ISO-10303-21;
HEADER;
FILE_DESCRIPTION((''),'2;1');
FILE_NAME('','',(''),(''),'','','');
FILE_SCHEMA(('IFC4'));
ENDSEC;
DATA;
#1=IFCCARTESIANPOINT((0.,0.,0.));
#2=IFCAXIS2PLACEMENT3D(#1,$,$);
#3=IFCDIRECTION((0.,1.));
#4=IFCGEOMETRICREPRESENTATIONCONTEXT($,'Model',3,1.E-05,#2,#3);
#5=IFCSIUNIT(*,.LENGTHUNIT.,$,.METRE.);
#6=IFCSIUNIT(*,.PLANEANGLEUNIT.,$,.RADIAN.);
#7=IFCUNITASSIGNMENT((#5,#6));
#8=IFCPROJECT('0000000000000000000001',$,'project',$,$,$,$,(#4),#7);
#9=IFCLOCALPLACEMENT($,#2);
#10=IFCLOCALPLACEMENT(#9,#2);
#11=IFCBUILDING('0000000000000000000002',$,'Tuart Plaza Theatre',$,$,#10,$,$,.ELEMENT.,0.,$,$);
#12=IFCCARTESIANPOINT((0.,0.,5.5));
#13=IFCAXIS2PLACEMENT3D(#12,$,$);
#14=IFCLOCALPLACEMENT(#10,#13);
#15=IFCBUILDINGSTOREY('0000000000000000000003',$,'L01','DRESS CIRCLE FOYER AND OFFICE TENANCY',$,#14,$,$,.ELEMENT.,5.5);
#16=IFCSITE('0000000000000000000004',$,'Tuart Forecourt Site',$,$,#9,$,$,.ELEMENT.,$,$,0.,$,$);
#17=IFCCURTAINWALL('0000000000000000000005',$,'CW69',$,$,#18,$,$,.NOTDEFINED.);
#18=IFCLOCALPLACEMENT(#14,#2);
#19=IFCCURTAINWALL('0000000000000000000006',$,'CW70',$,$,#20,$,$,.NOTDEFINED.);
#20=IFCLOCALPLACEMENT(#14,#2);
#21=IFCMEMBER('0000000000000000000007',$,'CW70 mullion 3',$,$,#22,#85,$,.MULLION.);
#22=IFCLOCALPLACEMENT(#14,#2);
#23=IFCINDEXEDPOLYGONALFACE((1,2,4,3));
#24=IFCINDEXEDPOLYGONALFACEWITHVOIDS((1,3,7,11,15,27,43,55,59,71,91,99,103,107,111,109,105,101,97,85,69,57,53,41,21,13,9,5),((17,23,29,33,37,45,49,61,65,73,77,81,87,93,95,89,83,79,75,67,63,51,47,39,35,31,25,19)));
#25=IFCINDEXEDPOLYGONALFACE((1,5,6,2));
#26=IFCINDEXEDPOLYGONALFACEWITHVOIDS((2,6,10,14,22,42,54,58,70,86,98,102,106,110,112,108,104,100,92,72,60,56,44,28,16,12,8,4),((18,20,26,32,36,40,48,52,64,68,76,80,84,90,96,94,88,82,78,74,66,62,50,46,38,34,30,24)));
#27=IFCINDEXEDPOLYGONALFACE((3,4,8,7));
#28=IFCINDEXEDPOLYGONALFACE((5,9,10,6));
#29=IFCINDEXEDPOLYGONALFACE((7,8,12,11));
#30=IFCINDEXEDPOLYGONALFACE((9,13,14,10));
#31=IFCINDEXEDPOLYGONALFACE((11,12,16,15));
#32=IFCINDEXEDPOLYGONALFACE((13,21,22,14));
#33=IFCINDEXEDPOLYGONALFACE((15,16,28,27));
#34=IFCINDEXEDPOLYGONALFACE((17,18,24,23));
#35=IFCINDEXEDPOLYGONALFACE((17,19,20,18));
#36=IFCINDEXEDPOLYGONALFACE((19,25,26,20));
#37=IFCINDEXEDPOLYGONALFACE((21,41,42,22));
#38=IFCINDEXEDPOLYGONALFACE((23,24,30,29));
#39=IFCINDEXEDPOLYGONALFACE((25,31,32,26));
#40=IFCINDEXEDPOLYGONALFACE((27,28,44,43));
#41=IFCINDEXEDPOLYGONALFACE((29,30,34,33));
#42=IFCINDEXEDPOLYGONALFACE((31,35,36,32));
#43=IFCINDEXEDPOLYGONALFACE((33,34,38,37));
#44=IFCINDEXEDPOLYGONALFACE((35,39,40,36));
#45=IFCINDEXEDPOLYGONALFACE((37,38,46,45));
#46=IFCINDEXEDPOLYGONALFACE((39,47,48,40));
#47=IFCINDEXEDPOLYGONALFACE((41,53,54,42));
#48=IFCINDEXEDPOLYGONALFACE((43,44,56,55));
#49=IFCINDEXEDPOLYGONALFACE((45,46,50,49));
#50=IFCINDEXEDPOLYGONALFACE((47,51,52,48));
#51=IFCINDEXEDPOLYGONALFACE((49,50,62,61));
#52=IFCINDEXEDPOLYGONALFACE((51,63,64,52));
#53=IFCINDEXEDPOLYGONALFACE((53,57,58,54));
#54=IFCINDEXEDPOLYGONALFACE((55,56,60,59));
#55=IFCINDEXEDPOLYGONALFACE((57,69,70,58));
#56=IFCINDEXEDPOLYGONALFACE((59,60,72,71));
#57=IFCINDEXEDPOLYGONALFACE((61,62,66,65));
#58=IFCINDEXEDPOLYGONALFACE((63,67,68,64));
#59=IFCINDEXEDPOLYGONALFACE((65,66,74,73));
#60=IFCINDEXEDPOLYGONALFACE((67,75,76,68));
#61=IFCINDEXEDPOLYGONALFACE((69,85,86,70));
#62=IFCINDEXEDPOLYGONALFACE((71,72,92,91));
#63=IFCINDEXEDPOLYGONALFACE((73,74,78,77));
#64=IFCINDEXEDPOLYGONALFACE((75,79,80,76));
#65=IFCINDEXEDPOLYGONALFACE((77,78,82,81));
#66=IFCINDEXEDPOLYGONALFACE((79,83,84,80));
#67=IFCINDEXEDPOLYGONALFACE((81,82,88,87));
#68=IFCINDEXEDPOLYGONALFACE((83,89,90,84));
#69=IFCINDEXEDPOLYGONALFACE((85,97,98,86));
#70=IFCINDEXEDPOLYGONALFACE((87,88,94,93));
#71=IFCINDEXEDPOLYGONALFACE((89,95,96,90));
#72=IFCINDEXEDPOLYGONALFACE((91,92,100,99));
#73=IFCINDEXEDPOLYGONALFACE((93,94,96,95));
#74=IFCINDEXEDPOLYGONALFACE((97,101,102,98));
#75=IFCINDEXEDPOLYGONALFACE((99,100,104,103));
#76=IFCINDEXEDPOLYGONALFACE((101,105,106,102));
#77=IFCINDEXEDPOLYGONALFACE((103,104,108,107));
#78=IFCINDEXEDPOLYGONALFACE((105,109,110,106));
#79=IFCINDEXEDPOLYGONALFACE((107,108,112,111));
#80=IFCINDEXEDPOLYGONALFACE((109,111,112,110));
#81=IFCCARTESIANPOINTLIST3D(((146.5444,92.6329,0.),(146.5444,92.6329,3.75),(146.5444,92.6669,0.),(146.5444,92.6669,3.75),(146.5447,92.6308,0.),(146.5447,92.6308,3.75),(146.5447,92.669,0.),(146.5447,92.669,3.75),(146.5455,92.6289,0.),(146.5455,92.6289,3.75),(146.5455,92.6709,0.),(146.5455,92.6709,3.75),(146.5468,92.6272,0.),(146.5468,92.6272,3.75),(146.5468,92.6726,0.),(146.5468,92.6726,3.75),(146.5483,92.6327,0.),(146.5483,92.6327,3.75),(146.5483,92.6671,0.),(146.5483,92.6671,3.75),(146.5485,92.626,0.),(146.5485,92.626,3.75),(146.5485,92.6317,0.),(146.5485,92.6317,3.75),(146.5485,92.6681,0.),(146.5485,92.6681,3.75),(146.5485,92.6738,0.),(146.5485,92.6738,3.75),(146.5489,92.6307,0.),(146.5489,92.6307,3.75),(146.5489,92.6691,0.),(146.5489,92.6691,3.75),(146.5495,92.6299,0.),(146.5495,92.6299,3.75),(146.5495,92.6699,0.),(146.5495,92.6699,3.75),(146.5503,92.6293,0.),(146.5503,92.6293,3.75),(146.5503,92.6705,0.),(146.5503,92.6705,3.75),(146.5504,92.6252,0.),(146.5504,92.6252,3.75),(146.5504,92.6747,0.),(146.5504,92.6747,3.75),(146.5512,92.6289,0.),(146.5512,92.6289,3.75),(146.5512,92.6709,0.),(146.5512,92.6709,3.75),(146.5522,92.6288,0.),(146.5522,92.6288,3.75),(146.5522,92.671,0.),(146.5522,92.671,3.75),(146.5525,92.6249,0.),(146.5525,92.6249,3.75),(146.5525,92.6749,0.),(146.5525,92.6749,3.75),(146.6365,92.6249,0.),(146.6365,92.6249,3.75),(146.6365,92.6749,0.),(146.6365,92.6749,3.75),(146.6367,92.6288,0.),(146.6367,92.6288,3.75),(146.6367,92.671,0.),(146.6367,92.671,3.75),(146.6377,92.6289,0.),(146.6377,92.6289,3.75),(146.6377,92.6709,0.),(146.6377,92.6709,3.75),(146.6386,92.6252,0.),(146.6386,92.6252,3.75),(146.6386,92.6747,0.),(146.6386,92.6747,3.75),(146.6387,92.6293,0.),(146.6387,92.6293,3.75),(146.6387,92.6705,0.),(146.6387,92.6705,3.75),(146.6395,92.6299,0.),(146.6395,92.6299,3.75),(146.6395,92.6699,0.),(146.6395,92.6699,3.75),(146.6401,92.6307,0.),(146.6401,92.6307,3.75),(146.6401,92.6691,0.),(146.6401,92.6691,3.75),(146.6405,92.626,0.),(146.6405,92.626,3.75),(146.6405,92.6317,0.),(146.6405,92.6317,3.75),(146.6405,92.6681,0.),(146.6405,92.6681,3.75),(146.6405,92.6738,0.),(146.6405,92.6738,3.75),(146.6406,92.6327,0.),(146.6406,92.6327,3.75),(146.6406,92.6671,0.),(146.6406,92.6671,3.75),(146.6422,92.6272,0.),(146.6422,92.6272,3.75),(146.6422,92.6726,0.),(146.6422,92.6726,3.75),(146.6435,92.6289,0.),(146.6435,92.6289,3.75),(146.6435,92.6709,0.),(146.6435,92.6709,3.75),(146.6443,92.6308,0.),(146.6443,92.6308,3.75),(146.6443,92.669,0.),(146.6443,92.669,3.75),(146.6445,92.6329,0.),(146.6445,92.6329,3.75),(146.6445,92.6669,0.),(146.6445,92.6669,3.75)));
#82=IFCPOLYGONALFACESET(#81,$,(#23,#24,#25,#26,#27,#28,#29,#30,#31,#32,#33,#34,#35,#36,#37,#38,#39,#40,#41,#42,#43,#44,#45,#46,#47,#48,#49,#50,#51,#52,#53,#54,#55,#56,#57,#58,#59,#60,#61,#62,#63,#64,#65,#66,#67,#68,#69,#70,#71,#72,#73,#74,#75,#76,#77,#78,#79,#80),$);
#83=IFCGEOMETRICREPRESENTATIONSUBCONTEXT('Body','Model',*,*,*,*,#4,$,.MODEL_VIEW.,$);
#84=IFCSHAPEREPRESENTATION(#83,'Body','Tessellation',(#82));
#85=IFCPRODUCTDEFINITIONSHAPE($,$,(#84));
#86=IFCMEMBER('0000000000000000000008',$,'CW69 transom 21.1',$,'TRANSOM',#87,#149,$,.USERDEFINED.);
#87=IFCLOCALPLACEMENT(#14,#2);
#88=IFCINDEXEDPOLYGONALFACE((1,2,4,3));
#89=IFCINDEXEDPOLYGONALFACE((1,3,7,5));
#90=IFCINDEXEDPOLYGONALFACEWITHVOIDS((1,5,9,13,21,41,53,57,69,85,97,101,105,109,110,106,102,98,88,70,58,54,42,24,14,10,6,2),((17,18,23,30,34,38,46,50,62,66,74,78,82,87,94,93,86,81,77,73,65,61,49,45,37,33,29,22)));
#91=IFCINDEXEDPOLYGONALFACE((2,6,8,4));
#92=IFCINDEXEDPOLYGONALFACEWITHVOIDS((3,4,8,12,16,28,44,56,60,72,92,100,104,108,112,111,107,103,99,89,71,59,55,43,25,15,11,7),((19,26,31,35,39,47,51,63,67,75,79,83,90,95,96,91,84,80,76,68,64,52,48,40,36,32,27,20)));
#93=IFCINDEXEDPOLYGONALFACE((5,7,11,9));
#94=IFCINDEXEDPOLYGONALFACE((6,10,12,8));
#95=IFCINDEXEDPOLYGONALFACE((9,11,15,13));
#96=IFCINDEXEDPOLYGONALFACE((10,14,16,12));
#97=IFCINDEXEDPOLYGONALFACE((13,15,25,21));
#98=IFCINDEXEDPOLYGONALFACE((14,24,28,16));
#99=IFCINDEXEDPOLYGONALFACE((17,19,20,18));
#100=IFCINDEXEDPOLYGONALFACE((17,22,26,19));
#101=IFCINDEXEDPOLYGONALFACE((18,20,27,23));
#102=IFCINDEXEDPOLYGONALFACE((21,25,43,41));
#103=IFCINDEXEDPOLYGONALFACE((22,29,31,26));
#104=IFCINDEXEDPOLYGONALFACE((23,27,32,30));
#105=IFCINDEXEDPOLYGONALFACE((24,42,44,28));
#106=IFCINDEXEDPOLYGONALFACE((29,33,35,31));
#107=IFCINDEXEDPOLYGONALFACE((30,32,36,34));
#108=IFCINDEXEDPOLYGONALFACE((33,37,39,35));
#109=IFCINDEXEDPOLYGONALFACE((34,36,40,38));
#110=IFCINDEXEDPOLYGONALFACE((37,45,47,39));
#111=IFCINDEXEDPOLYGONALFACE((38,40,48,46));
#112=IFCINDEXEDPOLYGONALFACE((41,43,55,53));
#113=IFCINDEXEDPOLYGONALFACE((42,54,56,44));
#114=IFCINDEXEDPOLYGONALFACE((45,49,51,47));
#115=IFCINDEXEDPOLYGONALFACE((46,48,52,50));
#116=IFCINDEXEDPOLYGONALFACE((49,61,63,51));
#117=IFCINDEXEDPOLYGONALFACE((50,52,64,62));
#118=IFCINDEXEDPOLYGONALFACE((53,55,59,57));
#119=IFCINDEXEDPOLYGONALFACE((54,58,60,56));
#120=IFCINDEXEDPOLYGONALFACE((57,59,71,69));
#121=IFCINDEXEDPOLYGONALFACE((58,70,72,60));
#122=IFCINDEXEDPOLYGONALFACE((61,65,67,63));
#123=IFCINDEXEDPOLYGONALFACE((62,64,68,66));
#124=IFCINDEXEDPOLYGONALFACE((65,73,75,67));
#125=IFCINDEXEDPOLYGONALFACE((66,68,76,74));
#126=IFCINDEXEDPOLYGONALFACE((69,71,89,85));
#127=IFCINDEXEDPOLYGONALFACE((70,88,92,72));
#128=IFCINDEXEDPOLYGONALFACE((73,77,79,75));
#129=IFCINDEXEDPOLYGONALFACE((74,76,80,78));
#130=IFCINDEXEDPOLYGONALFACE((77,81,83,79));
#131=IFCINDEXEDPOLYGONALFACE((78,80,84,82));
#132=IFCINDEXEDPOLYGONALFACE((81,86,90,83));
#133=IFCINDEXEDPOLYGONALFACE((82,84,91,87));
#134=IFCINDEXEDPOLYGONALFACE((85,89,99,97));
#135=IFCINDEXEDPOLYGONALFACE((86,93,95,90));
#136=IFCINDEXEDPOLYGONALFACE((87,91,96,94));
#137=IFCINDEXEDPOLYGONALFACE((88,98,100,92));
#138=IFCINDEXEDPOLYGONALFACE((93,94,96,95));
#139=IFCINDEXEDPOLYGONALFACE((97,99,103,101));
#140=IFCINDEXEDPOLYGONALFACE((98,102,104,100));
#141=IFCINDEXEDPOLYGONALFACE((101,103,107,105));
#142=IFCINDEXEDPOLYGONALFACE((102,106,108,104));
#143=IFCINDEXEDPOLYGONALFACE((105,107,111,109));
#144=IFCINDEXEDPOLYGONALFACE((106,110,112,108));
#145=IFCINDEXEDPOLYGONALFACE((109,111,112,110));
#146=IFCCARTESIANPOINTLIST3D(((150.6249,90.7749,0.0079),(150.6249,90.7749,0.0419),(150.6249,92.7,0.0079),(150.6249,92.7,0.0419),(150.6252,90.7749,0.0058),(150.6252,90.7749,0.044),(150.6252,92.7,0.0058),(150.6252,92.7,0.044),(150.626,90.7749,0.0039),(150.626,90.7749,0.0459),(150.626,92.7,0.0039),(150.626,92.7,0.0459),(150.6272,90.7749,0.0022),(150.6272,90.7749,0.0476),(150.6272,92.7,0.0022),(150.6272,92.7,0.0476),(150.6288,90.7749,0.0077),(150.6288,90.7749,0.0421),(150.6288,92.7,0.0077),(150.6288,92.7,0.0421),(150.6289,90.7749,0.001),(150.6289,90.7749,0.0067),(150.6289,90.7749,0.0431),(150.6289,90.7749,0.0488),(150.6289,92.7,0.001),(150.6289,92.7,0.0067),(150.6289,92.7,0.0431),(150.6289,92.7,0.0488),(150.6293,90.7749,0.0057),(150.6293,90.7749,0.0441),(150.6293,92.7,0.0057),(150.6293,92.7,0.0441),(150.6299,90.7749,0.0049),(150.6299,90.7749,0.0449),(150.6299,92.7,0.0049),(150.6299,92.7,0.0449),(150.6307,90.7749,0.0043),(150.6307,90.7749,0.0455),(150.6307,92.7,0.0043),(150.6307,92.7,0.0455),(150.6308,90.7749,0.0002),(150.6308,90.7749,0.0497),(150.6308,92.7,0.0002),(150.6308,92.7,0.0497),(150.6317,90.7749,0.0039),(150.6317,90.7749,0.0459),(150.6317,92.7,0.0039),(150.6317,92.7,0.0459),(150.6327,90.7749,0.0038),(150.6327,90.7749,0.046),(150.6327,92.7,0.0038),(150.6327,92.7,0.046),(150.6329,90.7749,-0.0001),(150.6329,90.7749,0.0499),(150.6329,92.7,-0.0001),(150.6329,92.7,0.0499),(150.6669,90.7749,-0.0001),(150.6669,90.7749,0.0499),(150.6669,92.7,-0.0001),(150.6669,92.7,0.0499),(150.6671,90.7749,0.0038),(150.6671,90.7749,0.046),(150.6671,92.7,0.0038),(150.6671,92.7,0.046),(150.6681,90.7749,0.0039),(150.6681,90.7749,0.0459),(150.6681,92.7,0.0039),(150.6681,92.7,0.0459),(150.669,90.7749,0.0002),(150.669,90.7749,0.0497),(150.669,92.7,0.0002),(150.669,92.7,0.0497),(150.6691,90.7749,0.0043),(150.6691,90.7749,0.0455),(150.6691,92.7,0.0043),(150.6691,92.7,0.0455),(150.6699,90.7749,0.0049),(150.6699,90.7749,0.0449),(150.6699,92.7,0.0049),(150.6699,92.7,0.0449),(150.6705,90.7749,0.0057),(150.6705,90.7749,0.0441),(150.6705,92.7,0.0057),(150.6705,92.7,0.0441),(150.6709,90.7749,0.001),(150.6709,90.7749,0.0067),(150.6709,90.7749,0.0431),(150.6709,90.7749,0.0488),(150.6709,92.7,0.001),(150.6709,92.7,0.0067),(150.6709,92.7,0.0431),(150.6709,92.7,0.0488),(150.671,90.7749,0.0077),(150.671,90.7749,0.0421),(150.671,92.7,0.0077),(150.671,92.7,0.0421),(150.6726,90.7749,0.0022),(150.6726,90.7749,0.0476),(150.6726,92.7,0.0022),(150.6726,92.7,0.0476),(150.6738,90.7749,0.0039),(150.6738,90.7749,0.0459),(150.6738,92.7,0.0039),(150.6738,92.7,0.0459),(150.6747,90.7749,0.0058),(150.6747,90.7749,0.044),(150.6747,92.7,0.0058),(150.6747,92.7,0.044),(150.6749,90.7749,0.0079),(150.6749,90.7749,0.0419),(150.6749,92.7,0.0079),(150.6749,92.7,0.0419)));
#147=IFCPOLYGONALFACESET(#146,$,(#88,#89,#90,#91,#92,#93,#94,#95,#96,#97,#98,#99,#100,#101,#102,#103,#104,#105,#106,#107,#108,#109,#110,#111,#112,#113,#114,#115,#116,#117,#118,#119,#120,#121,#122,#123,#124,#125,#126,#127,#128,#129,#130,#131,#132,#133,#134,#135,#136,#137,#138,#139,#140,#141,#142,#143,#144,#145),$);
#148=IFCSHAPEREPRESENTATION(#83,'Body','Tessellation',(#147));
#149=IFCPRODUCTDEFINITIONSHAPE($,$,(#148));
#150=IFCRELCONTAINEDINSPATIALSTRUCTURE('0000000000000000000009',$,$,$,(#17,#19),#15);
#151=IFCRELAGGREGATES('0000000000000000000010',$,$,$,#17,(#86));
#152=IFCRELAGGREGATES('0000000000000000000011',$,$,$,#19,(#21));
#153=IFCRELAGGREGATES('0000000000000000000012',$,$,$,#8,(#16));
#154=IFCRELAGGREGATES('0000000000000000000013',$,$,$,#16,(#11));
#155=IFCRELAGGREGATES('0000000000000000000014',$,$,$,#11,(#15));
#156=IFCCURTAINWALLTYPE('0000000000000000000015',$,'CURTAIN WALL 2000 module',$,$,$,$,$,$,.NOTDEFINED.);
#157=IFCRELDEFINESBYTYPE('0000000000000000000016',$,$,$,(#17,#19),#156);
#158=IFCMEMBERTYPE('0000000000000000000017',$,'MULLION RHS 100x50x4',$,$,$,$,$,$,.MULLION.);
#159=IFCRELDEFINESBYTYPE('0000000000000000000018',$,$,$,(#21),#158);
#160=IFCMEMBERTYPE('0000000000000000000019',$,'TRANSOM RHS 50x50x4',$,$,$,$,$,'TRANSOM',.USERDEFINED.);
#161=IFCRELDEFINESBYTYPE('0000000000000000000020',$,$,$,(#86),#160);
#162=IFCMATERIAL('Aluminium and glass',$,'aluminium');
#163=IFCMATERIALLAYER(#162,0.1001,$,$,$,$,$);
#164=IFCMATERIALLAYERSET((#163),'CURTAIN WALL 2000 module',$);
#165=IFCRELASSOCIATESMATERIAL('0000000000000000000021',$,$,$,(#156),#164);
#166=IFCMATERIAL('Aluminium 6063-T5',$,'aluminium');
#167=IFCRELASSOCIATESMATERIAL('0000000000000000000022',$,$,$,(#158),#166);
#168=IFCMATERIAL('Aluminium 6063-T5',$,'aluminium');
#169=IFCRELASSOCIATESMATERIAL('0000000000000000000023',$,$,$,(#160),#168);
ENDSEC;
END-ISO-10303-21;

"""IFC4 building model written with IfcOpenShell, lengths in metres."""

from ifc_helpers import new_model, si_unit, direction, frame, origin, origin_2d, place, context, subcontext, project, spatial, hollow_rectangle, extrude, material, layer, layer_set, material_profile, profile_set, type_object, element, aggregate, save


model = new_model("IFC4")

# Units and contexts
model_context = context("Model", 3, precision=1e-05, world=origin(), true_north=direction((0.0, 1.0)))
body_context = subcontext(model_context, "Body", "Model", "MODEL_VIEW")
ifc_project = project(units=[si_unit("LENGTHUNIT", "METRE"), si_unit("PLANEANGLEUNIT", "RADIAN")], contexts=[model_context])

# Site, building, storey
site_placement = place(None, origin())
site = spatial("IfcSite", under=ifc_project, at=site_placement, Name="Tuart Forecourt Site", CompositionType="ELEMENT", RefElevation=0.0)
building_placement = place(site_placement, origin())
building = spatial("IfcBuilding", under=site, at=building_placement, Name="Tuart Plaza Theatre", CompositionType="ELEMENT", ElevationOfRefHeight=0.0)
storey_placement = place(building_placement, frame((0.0, 0.0, 5.5)))
storey = spatial("IfcBuildingStorey", under=building, at=storey_placement, Name="L01", Description="DRESS CIRCLE FOYER AND OFFICE TENANCY", CompositionType="ELEMENT", Elevation=5.5)

# Curtain walls, member
ifc_material_1 = material(Name="Aluminium and glass", Category="aluminium")
ifc_layer_1 = layer(ifc_material_1, 0.1001)
ifc_layer_set_1 = layer_set([ifc_layer_1], Name="CURTAIN WALL 2000 module")
curtain_wall_type = type_object("IfcCurtainWallType", Name="CURTAIN WALL 2000 module", PredefinedType="NOTDEFINED", material=ifc_layer_set_1)
curtain_wall_1_placement = place(storey_placement, origin())
curtain_wall_1 = element("IfcCurtainWall", 1, at=curtain_wall_1_placement, inside=storey, type_object=curtain_wall_type, Name="CW69", PredefinedType="NOTDEFINED")
ifc_material_2 = material(Name="Aluminium 6063-T5", Category="aluminium")
ifc_material_profile_1 = material_profile(ifc_material_2, hollow_rectangle(XDim=0.05, YDim=0.1001, WallThickness=0.0039, InnerFilletRadius=0.0039, OuterFilletRadius=0.0081, at=origin_2d()), Name="RHS 100x50x4")
ifc_profile_set_1 = profile_set([ifc_material_profile_1], Name="Aluminium 6063-T5")
member_type_1 = type_object("IfcMemberType", Name="MULLION RHS 100x50x4", PredefinedType="MULLION", material=ifc_profile_set_1)
curtain_wall_2_placement = place(storey_placement, origin())
curtain_wall_2 = element("IfcCurtainWall", 2, at=curtain_wall_2_placement, inside=storey, type_object=curtain_wall_type, Name="CW70", PredefinedType="NOTDEFINED")
member_1_placement = place(storey_placement, frame((146.5945, 92.6499, 0.0), z_axis=(0.0, 0.0, 1.0), x_axis=(0.0, -1.0, 0.0)))
member_1 = element("IfcMember", 3, at=member_1_placement, type_object=member_type_1, Name="CW70 mullion 3", PredefinedType="MULLION", context=body_context, shape_type="SweptSolid", body=[
    extrude(hollow_rectangle(XDim=0.05, YDim=0.1001, WallThickness=0.0039, InnerFilletRadius=0.0039, OuterFilletRadius=0.0081, at=origin_2d()), origin(), (0.0, 0.0, 1.0), 3.75),
])

# Member
ifc_material_3 = material(Name="Aluminium 6063-T5", Category="aluminium")
ifc_material_profile_2 = material_profile(ifc_material_3, hollow_rectangle(XDim=0.05, YDim=0.05, WallThickness=0.0039, InnerFilletRadius=0.0039, OuterFilletRadius=0.0081, at=origin_2d()), Name="RHS 50x50x4")
ifc_profile_set_2 = profile_set([ifc_material_profile_2], Name="Aluminium 6063-T5")
member_type_2 = type_object("IfcMemberType", Name="TRANSOM RHS 50x50x4", ElementType="TRANSOM", PredefinedType="USERDEFINED", material=ifc_profile_set_2)
member_2_placement = place(storey_placement, frame((150.6499, 90.7749, 0.0249), z_axis=(0.0, 1.0, 0.0), x_axis=(-1.0, 0.0, 0.0)))
member_2 = element("IfcMember", 4, at=member_2_placement, type_object=member_type_2, Name="CW69 transom 21.1", ObjectType="TRANSOM", PredefinedType="USERDEFINED", context=body_context, shape_type="SweptSolid", body=[
    extrude(hollow_rectangle(XDim=0.05, YDim=0.05, WallThickness=0.0039, InnerFilletRadius=0.0039, OuterFilletRadius=0.0081, at=origin_2d()), origin(), (0.0, 0.0, 1.0), 1.925),
])

aggregate(curtain_wall_1, [member_2])
aggregate(curtain_wall_2, [member_1])

save(model, "model.ifc")
